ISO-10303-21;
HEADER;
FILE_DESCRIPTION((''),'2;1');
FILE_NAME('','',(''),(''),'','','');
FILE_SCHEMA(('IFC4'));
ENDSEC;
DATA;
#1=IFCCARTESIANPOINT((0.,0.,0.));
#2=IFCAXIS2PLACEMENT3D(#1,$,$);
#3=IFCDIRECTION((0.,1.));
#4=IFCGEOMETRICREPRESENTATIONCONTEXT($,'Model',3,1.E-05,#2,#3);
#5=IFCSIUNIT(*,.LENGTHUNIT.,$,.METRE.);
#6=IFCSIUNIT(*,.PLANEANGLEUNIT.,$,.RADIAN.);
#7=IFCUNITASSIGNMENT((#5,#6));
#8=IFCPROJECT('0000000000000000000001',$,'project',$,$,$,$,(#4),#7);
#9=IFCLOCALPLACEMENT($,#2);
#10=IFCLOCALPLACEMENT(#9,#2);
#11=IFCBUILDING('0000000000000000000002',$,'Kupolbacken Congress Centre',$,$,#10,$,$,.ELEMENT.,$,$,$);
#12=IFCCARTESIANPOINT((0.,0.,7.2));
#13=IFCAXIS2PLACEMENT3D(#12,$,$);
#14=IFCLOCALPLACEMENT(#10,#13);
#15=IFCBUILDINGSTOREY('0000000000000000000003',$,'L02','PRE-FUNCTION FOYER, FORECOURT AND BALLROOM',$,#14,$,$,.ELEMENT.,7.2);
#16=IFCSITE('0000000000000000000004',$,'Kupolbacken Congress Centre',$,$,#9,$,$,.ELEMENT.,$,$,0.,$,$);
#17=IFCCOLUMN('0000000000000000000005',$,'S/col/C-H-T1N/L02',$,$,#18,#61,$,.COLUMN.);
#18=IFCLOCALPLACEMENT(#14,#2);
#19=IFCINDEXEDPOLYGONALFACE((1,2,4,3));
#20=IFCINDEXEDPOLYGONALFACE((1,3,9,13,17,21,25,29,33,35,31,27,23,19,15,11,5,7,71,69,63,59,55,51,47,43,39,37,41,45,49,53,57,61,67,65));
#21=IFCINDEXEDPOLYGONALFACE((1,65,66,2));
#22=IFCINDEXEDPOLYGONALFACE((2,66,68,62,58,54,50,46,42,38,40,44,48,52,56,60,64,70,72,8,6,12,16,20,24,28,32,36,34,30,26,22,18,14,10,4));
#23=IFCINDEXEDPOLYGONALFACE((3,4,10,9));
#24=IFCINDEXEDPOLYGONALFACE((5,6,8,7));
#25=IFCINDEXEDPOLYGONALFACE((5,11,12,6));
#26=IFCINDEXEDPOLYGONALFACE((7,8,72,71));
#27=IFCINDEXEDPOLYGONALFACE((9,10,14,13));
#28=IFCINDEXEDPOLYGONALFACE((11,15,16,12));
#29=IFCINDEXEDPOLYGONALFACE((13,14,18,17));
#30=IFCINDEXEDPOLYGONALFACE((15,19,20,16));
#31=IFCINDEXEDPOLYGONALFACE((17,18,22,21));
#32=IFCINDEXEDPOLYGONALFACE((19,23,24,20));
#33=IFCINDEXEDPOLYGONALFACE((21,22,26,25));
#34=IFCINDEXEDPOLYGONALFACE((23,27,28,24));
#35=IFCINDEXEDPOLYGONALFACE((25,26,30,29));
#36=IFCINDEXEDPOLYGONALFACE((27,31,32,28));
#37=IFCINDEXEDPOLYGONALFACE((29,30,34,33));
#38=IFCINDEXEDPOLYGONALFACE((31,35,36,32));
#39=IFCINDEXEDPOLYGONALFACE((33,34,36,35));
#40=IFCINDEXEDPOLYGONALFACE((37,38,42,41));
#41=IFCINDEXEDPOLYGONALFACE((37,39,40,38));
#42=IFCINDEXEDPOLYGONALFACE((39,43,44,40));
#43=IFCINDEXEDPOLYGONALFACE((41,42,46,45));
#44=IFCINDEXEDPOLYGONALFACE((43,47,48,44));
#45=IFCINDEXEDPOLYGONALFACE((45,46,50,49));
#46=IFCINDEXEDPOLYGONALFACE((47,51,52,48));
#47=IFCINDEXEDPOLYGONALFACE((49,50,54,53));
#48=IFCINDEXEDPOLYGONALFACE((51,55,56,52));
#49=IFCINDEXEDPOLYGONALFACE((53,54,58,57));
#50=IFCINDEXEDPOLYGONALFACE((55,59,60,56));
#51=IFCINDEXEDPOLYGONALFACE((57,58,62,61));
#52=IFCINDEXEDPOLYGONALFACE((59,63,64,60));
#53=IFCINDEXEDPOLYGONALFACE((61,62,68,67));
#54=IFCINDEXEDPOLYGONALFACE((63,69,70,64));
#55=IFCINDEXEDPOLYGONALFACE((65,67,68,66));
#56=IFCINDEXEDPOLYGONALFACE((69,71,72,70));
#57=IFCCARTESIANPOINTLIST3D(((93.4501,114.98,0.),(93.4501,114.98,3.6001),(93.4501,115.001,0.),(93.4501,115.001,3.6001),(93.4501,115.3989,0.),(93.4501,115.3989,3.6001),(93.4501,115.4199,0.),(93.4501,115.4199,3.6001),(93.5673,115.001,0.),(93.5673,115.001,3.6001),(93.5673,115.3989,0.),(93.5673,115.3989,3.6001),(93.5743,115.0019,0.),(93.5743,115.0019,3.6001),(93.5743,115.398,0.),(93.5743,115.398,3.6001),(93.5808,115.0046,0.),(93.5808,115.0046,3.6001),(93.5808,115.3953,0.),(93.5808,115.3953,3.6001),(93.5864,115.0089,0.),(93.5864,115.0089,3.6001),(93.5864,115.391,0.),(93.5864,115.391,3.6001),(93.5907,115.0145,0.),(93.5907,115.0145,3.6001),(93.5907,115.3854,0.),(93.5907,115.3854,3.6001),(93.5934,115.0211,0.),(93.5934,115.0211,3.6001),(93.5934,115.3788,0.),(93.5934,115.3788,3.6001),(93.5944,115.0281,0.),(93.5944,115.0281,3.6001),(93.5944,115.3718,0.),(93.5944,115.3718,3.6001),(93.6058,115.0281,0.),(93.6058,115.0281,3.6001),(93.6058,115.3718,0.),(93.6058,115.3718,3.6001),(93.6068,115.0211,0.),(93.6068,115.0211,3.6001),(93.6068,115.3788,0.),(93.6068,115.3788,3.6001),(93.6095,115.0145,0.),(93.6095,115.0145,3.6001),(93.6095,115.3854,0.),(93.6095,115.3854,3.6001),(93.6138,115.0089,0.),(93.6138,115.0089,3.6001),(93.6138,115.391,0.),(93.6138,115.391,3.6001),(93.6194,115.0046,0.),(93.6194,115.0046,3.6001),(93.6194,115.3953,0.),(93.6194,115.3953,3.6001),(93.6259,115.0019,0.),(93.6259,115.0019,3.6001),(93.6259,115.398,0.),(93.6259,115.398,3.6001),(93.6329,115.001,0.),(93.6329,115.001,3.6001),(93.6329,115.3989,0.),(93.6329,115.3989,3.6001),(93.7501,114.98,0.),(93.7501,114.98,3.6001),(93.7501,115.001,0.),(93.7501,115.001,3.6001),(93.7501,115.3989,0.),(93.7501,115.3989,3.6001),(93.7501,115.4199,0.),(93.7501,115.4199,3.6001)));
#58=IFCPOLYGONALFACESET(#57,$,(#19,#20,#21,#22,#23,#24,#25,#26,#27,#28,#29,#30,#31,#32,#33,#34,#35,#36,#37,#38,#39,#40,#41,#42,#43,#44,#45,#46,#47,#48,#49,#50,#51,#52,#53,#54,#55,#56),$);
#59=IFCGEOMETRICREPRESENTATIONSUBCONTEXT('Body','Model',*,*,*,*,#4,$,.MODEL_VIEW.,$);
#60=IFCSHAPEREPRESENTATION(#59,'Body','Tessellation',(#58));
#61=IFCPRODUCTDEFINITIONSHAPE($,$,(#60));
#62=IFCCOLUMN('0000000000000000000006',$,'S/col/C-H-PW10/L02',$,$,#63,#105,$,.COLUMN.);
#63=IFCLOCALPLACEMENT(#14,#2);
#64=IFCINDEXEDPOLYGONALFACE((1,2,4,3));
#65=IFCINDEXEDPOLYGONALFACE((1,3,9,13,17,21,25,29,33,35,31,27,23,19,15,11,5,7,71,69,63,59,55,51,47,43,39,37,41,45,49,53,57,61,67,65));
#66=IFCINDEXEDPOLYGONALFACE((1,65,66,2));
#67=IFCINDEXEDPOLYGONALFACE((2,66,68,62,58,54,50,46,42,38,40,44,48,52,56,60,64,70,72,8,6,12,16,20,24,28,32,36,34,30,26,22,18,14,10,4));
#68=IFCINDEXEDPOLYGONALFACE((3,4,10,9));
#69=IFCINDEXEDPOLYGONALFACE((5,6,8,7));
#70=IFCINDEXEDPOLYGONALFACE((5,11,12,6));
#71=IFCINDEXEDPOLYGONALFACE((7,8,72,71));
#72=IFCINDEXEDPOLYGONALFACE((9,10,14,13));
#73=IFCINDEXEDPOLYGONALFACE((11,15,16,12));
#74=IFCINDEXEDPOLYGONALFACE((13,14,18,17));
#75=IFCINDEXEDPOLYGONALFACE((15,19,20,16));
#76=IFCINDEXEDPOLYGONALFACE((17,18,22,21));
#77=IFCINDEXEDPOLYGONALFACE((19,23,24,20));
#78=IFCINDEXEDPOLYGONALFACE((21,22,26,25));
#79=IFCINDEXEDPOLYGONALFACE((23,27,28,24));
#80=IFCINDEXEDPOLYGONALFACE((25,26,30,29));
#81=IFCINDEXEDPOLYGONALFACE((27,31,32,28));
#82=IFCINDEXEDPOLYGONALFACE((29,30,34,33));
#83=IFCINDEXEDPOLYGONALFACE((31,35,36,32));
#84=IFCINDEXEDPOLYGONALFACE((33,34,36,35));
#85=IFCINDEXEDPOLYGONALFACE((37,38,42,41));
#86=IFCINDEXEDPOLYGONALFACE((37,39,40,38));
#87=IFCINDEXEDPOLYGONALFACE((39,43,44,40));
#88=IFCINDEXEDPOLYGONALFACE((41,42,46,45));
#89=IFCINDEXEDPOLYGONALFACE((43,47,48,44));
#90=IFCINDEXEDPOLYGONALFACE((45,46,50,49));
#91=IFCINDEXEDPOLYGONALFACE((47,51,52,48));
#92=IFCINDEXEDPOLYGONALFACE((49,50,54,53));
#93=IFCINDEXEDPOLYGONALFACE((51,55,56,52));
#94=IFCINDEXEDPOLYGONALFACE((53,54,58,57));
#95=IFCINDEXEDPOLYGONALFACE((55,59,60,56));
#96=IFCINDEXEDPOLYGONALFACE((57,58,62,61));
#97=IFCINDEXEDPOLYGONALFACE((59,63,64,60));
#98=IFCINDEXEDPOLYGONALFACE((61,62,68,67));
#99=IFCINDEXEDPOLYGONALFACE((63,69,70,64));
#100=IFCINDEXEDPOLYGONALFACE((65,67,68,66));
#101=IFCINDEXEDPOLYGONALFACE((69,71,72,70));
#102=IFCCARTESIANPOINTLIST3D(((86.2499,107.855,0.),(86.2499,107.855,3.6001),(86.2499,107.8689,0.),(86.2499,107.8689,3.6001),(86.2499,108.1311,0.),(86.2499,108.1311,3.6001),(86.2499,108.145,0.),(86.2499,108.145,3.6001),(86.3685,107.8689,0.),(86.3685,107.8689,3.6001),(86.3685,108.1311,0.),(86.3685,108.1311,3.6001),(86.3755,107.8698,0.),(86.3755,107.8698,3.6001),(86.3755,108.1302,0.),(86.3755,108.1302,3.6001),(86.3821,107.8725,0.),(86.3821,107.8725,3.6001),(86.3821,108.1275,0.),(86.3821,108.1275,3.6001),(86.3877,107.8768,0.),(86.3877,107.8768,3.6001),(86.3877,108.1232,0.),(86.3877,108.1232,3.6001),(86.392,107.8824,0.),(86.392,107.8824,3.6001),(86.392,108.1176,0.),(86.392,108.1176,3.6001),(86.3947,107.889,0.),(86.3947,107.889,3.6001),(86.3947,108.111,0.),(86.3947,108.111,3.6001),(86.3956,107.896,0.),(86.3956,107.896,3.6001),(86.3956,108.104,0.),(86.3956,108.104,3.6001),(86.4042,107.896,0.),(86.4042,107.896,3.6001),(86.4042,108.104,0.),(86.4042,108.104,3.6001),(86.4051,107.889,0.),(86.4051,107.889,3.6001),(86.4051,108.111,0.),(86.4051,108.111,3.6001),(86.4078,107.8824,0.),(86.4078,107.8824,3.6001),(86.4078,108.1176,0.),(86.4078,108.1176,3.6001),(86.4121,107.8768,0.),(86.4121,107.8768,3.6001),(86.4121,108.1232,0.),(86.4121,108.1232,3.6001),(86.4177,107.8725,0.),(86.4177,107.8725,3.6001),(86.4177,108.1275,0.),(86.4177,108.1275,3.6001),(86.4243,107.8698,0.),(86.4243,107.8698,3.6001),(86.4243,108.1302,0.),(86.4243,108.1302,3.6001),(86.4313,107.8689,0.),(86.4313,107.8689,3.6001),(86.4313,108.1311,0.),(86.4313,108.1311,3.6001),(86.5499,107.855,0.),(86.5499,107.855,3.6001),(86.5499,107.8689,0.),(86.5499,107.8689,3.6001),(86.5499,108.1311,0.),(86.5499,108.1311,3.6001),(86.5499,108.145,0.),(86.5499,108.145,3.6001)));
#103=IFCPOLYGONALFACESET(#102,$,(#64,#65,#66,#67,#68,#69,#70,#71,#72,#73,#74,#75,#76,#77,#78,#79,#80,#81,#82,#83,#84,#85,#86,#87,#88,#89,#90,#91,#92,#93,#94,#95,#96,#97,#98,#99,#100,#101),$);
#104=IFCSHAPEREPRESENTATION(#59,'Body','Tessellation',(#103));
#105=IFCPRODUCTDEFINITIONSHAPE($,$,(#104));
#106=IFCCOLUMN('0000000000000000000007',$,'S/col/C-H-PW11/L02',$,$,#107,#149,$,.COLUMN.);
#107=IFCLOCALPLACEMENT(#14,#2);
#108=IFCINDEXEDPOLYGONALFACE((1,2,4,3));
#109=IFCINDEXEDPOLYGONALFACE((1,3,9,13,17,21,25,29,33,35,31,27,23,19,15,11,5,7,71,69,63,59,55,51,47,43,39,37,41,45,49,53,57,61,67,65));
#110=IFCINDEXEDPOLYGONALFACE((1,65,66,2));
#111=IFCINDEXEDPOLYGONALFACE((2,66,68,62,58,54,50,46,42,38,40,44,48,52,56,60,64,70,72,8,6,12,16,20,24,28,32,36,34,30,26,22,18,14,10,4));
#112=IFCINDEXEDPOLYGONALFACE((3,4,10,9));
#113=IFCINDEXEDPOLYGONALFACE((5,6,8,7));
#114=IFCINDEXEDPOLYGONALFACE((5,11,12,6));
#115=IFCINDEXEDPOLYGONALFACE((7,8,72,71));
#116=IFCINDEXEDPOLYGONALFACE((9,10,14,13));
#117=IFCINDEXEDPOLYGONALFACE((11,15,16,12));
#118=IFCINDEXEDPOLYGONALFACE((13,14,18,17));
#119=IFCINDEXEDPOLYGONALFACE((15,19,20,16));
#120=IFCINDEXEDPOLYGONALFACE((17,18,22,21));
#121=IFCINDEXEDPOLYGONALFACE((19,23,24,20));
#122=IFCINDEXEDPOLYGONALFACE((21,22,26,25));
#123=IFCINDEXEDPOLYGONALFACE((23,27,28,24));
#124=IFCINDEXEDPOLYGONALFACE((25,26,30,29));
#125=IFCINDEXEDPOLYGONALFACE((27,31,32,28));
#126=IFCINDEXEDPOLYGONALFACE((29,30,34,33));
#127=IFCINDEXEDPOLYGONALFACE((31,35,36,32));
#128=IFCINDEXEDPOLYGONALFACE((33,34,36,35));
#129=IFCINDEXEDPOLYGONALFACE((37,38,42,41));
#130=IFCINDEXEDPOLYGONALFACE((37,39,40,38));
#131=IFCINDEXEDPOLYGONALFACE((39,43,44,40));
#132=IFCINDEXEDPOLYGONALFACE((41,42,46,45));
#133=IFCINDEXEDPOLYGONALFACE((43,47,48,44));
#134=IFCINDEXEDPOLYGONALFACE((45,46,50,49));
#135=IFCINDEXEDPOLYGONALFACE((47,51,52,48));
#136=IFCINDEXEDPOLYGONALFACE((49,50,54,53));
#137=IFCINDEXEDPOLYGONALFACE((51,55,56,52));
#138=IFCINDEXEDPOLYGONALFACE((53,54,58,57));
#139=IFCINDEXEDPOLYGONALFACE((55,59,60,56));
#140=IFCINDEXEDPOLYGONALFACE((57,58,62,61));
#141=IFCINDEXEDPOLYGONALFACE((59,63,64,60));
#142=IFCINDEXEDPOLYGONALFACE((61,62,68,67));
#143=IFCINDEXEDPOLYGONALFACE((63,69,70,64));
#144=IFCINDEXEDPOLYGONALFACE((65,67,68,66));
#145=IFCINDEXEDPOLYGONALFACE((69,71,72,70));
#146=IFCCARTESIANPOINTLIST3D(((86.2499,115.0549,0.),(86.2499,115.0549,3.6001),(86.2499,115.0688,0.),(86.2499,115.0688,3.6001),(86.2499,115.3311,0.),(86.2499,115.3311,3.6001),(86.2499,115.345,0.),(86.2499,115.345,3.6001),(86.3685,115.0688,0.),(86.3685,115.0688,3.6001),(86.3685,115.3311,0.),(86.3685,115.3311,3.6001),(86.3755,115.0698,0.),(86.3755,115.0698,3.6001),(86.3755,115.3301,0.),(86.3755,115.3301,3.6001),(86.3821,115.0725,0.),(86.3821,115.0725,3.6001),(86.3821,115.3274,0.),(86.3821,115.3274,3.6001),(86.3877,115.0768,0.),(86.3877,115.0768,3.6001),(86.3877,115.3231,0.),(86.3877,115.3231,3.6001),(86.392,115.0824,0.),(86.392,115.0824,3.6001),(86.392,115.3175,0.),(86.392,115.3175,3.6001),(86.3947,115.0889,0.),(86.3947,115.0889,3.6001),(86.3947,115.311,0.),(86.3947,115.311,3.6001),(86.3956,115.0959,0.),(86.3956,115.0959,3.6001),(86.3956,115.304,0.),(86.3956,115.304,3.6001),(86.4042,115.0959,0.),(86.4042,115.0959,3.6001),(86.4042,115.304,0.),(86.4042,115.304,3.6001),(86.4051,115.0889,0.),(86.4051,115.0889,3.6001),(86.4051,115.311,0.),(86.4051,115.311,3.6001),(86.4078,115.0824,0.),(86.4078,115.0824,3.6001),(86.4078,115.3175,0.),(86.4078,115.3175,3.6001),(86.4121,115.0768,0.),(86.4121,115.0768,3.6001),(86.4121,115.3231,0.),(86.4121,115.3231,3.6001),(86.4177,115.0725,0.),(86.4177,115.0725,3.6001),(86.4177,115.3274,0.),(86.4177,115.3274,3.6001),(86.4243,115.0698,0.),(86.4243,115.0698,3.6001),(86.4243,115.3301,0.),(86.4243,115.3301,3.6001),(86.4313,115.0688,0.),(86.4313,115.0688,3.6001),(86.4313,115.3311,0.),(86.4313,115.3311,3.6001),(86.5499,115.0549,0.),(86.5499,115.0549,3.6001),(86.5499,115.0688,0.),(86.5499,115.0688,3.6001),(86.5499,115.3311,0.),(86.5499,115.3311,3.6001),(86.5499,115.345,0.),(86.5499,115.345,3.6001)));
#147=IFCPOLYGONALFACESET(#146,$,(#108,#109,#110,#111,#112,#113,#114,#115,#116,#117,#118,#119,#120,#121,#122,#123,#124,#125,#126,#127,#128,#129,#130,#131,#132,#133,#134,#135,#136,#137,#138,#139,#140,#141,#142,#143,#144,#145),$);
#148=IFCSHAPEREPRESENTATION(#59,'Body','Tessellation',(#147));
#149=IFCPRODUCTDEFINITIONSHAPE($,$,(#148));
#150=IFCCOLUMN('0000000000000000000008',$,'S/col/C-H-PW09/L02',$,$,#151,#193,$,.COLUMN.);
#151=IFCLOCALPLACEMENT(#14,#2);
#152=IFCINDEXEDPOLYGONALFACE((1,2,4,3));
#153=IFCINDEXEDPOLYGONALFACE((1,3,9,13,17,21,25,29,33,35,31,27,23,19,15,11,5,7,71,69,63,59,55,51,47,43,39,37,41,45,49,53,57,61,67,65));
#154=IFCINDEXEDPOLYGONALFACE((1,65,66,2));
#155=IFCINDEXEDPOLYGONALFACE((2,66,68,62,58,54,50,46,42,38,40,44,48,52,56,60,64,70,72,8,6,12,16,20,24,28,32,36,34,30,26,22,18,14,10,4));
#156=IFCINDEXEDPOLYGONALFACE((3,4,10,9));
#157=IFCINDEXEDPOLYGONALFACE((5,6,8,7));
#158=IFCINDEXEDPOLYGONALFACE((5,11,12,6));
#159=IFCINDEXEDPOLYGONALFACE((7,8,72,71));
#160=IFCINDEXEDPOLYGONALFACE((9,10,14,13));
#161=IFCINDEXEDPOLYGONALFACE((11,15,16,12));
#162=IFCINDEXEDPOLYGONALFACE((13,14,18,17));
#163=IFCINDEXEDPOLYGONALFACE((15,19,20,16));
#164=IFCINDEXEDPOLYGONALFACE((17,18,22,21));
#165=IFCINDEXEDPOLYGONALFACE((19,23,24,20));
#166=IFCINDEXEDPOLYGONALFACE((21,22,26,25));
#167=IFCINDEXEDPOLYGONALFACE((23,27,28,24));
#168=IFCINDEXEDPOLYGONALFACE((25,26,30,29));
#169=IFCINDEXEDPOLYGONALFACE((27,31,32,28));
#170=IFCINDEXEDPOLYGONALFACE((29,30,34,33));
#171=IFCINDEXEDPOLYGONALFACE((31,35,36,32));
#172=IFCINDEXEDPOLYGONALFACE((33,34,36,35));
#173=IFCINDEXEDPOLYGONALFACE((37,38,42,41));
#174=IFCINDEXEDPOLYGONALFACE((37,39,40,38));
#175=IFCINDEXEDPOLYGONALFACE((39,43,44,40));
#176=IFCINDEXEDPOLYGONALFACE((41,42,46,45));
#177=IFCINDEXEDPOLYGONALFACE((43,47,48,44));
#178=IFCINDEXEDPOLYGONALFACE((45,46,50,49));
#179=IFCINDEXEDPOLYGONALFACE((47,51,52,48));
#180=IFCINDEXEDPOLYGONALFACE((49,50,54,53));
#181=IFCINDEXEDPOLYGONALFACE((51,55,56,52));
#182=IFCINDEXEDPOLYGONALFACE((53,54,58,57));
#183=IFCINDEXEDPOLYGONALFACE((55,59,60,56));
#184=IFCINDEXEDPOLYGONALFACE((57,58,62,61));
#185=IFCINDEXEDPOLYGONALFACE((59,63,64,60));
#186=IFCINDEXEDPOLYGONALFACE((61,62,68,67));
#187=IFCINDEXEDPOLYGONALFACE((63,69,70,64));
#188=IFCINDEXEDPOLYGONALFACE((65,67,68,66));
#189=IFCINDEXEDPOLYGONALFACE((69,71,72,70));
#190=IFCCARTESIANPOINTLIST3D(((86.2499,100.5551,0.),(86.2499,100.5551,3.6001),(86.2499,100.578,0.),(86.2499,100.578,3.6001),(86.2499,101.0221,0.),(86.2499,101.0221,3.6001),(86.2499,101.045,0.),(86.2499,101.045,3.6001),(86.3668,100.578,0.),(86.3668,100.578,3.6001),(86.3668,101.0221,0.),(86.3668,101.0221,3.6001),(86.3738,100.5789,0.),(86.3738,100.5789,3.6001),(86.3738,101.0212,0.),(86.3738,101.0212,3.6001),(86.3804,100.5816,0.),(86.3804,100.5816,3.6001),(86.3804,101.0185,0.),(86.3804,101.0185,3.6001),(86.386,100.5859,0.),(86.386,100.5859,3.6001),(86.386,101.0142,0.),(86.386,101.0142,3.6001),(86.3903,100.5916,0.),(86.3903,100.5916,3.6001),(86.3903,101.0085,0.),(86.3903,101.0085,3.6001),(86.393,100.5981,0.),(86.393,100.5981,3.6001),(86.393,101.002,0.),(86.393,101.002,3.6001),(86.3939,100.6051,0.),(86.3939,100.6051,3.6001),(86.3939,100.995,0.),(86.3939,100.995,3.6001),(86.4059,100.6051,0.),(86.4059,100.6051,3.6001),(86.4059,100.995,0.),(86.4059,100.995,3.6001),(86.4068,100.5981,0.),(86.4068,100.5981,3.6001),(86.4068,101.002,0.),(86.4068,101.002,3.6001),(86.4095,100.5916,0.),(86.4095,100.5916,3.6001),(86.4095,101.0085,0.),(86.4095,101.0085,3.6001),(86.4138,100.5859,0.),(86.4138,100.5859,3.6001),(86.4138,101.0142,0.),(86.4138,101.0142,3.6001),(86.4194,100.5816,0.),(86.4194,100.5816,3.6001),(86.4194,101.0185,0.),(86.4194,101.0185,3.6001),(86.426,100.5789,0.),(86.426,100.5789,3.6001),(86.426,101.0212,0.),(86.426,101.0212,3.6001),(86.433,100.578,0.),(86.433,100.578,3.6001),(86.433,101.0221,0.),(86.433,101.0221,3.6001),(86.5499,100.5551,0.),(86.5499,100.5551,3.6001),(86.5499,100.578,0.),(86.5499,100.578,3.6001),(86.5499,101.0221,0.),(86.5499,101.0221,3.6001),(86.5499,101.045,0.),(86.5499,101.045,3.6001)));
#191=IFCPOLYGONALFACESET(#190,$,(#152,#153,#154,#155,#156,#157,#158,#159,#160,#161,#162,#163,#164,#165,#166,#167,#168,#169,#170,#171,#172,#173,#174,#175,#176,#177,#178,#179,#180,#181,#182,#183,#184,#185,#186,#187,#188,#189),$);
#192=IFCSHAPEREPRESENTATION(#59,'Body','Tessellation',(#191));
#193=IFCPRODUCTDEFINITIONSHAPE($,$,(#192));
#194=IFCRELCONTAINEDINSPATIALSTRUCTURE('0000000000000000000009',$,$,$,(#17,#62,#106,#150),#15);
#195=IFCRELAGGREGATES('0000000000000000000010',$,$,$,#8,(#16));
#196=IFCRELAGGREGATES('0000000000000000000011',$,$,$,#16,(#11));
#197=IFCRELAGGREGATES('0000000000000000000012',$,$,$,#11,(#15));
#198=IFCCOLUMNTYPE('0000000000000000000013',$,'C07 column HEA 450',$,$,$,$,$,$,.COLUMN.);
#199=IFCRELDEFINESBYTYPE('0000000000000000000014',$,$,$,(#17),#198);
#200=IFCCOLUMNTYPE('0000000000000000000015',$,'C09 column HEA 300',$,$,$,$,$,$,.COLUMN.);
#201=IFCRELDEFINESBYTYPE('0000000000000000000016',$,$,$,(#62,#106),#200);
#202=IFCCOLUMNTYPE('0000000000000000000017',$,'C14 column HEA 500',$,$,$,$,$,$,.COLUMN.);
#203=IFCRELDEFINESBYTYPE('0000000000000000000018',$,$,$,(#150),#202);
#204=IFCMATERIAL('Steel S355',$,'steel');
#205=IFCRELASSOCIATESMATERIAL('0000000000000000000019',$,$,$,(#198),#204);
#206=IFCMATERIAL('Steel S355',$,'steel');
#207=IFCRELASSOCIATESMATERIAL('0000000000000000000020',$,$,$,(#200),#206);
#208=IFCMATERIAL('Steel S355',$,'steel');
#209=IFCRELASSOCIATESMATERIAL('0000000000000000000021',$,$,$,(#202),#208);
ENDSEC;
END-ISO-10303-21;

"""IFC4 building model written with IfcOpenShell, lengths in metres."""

from ifc_helpers import new_model, si_unit, direction, frame, origin, origin_2d, place, context, subcontext, project, spatial, i_section, extrude, material, material_profile, profile_set, type_object, element, save


model = new_model("IFC4")

# Units and contexts
model_context = context("Model", 3, precision=1e-05, world=origin(), true_north=direction((0.0, 1.0)))
body_context = subcontext(model_context, "Body", "Model", "MODEL_VIEW")
ifc_project = project(units=[si_unit("LENGTHUNIT", "METRE"), si_unit("PLANEANGLEUNIT", "RADIAN")], contexts=[model_context])

# Site, building, storey
site_placement = place(None, origin())
site = spatial("IfcSite", under=ifc_project, at=site_placement, Name="Kupolbacken Congress Centre", CompositionType="ELEMENT", RefElevation=0.0)
building_placement = place(site_placement, origin())
building = spatial("IfcBuilding", under=site, at=building_placement, Name="Kupolbacken Congress Centre", CompositionType="ELEMENT")
storey_placement = place(building_placement, frame((0.0, 0.0, 7.2)))
storey = spatial("IfcBuildingStorey", under=building, at=storey_placement, Name="L02", Description="PRE-FUNCTION FOYER, FORECOURT AND BALLROOM", CompositionType="ELEMENT", Elevation=7.2)

# Columns
ifc_material_1 = material(Name="Steel S355", Category="steel")
ifc_material_profile_1 = material_profile(ifc_material_1, i_section(OverallWidth=0.3, OverallDepth=0.4399, WebThickness=0.0115, FlangeThickness=0.021, FilletRadius=0.0271, at=origin_2d()), Name="HEA 450")
ifc_profile_set_1 = profile_set([ifc_material_profile_1], Name="Steel S355")
column_type_1 = type_object("IfcColumnType", Name="C07 column HEA 450", PredefinedType="COLUMN", material=ifc_profile_set_1)
column_1_placement = place(storey_placement, frame((93.6001, 115.2, 0.0), z_axis=(0.0, 0.0, 1.0), x_axis=(1.0, 0.0, 0.0)))
element("IfcColumn", 1, at=column_1_placement, inside=storey, type_object=column_type_1, Name="S/col/C-H-T1N/L02", PredefinedType="COLUMN", context=body_context, shape_type="SweptSolid", body=[
    extrude(i_section(OverallWidth=0.3, OverallDepth=0.4399, WebThickness=0.0115, FlangeThickness=0.021, FilletRadius=0.0271, at=origin_2d()), origin(), (0.0, 0.0, 1.0), 3.6001),
])
ifc_material_2 = material(Name="Steel S355", Category="steel")
ifc_material_profile_2 = material_profile(ifc_material_2, i_section(OverallWidth=0.3, OverallDepth=0.29, WebThickness=0.0085, FlangeThickness=0.0139, FilletRadius=0.0271, at=origin_2d()), Name="HEA 300")
ifc_profile_set_2 = profile_set([ifc_material_profile_2], Name="Steel S355")
column_type_2 = type_object("IfcColumnType", Name="C09 column HEA 300", PredefinedType="COLUMN", material=ifc_profile_set_2)
for number, where, z_axis, x_axis, name in (
    (2, (86.3999, 108.0, 0.0), (0.0, 0.0, 1.0), (1.0, 0.0, 0.0), "S/col/C-H-PW10/L02"),
    (3, (86.3999, 115.2, 0.0), (0.0, 0.0, 1.0), (1.0, 0.0, 0.0), "S/col/C-H-PW11/L02"),
):
    element("IfcColumn", number, at=place(storey_placement, frame(where, z_axis=z_axis, x_axis=x_axis)), inside=storey, type_object=column_type_2, Name=name, PredefinedType="COLUMN", context=body_context, shape_type="SweptSolid", body=[
        extrude(i_section(OverallWidth=0.3, OverallDepth=0.29, WebThickness=0.0085, FlangeThickness=0.0139, FilletRadius=0.0271, at=origin_2d()), origin(), (0.0, 0.0, 1.0), 3.6001),
    ])
ifc_material_3 = material(Name="Steel S355", Category="steel")
ifc_material_profile_3 = material_profile(ifc_material_3, i_section(OverallWidth=0.3, OverallDepth=0.49, WebThickness=0.012, FlangeThickness=0.0229, FilletRadius=0.0271, at=origin_2d()), Name="HEA 500")
ifc_profile_set_3 = profile_set([ifc_material_profile_3], Name="Steel S355")
column_type_3 = type_object("IfcColumnType", Name="C14 column HEA 500", PredefinedType="COLUMN", material=ifc_profile_set_3)
column_2_placement = place(storey_placement, frame((86.3999, 100.8, 0.0), z_axis=(0.0, 0.0, 1.0), x_axis=(1.0, 0.0, 0.0)))
element("IfcColumn", 4, at=column_2_placement, inside=storey, type_object=column_type_3, Name="S/col/C-H-PW09/L02", PredefinedType="COLUMN", context=body_context, shape_type="SweptSolid", body=[
    extrude(i_section(OverallWidth=0.3, OverallDepth=0.49, WebThickness=0.012, FlangeThickness=0.0229, FilletRadius=0.0271, at=origin_2d()), origin(), (0.0, 0.0, 1.0), 3.6001),
])

save(model, "model.ifc")
